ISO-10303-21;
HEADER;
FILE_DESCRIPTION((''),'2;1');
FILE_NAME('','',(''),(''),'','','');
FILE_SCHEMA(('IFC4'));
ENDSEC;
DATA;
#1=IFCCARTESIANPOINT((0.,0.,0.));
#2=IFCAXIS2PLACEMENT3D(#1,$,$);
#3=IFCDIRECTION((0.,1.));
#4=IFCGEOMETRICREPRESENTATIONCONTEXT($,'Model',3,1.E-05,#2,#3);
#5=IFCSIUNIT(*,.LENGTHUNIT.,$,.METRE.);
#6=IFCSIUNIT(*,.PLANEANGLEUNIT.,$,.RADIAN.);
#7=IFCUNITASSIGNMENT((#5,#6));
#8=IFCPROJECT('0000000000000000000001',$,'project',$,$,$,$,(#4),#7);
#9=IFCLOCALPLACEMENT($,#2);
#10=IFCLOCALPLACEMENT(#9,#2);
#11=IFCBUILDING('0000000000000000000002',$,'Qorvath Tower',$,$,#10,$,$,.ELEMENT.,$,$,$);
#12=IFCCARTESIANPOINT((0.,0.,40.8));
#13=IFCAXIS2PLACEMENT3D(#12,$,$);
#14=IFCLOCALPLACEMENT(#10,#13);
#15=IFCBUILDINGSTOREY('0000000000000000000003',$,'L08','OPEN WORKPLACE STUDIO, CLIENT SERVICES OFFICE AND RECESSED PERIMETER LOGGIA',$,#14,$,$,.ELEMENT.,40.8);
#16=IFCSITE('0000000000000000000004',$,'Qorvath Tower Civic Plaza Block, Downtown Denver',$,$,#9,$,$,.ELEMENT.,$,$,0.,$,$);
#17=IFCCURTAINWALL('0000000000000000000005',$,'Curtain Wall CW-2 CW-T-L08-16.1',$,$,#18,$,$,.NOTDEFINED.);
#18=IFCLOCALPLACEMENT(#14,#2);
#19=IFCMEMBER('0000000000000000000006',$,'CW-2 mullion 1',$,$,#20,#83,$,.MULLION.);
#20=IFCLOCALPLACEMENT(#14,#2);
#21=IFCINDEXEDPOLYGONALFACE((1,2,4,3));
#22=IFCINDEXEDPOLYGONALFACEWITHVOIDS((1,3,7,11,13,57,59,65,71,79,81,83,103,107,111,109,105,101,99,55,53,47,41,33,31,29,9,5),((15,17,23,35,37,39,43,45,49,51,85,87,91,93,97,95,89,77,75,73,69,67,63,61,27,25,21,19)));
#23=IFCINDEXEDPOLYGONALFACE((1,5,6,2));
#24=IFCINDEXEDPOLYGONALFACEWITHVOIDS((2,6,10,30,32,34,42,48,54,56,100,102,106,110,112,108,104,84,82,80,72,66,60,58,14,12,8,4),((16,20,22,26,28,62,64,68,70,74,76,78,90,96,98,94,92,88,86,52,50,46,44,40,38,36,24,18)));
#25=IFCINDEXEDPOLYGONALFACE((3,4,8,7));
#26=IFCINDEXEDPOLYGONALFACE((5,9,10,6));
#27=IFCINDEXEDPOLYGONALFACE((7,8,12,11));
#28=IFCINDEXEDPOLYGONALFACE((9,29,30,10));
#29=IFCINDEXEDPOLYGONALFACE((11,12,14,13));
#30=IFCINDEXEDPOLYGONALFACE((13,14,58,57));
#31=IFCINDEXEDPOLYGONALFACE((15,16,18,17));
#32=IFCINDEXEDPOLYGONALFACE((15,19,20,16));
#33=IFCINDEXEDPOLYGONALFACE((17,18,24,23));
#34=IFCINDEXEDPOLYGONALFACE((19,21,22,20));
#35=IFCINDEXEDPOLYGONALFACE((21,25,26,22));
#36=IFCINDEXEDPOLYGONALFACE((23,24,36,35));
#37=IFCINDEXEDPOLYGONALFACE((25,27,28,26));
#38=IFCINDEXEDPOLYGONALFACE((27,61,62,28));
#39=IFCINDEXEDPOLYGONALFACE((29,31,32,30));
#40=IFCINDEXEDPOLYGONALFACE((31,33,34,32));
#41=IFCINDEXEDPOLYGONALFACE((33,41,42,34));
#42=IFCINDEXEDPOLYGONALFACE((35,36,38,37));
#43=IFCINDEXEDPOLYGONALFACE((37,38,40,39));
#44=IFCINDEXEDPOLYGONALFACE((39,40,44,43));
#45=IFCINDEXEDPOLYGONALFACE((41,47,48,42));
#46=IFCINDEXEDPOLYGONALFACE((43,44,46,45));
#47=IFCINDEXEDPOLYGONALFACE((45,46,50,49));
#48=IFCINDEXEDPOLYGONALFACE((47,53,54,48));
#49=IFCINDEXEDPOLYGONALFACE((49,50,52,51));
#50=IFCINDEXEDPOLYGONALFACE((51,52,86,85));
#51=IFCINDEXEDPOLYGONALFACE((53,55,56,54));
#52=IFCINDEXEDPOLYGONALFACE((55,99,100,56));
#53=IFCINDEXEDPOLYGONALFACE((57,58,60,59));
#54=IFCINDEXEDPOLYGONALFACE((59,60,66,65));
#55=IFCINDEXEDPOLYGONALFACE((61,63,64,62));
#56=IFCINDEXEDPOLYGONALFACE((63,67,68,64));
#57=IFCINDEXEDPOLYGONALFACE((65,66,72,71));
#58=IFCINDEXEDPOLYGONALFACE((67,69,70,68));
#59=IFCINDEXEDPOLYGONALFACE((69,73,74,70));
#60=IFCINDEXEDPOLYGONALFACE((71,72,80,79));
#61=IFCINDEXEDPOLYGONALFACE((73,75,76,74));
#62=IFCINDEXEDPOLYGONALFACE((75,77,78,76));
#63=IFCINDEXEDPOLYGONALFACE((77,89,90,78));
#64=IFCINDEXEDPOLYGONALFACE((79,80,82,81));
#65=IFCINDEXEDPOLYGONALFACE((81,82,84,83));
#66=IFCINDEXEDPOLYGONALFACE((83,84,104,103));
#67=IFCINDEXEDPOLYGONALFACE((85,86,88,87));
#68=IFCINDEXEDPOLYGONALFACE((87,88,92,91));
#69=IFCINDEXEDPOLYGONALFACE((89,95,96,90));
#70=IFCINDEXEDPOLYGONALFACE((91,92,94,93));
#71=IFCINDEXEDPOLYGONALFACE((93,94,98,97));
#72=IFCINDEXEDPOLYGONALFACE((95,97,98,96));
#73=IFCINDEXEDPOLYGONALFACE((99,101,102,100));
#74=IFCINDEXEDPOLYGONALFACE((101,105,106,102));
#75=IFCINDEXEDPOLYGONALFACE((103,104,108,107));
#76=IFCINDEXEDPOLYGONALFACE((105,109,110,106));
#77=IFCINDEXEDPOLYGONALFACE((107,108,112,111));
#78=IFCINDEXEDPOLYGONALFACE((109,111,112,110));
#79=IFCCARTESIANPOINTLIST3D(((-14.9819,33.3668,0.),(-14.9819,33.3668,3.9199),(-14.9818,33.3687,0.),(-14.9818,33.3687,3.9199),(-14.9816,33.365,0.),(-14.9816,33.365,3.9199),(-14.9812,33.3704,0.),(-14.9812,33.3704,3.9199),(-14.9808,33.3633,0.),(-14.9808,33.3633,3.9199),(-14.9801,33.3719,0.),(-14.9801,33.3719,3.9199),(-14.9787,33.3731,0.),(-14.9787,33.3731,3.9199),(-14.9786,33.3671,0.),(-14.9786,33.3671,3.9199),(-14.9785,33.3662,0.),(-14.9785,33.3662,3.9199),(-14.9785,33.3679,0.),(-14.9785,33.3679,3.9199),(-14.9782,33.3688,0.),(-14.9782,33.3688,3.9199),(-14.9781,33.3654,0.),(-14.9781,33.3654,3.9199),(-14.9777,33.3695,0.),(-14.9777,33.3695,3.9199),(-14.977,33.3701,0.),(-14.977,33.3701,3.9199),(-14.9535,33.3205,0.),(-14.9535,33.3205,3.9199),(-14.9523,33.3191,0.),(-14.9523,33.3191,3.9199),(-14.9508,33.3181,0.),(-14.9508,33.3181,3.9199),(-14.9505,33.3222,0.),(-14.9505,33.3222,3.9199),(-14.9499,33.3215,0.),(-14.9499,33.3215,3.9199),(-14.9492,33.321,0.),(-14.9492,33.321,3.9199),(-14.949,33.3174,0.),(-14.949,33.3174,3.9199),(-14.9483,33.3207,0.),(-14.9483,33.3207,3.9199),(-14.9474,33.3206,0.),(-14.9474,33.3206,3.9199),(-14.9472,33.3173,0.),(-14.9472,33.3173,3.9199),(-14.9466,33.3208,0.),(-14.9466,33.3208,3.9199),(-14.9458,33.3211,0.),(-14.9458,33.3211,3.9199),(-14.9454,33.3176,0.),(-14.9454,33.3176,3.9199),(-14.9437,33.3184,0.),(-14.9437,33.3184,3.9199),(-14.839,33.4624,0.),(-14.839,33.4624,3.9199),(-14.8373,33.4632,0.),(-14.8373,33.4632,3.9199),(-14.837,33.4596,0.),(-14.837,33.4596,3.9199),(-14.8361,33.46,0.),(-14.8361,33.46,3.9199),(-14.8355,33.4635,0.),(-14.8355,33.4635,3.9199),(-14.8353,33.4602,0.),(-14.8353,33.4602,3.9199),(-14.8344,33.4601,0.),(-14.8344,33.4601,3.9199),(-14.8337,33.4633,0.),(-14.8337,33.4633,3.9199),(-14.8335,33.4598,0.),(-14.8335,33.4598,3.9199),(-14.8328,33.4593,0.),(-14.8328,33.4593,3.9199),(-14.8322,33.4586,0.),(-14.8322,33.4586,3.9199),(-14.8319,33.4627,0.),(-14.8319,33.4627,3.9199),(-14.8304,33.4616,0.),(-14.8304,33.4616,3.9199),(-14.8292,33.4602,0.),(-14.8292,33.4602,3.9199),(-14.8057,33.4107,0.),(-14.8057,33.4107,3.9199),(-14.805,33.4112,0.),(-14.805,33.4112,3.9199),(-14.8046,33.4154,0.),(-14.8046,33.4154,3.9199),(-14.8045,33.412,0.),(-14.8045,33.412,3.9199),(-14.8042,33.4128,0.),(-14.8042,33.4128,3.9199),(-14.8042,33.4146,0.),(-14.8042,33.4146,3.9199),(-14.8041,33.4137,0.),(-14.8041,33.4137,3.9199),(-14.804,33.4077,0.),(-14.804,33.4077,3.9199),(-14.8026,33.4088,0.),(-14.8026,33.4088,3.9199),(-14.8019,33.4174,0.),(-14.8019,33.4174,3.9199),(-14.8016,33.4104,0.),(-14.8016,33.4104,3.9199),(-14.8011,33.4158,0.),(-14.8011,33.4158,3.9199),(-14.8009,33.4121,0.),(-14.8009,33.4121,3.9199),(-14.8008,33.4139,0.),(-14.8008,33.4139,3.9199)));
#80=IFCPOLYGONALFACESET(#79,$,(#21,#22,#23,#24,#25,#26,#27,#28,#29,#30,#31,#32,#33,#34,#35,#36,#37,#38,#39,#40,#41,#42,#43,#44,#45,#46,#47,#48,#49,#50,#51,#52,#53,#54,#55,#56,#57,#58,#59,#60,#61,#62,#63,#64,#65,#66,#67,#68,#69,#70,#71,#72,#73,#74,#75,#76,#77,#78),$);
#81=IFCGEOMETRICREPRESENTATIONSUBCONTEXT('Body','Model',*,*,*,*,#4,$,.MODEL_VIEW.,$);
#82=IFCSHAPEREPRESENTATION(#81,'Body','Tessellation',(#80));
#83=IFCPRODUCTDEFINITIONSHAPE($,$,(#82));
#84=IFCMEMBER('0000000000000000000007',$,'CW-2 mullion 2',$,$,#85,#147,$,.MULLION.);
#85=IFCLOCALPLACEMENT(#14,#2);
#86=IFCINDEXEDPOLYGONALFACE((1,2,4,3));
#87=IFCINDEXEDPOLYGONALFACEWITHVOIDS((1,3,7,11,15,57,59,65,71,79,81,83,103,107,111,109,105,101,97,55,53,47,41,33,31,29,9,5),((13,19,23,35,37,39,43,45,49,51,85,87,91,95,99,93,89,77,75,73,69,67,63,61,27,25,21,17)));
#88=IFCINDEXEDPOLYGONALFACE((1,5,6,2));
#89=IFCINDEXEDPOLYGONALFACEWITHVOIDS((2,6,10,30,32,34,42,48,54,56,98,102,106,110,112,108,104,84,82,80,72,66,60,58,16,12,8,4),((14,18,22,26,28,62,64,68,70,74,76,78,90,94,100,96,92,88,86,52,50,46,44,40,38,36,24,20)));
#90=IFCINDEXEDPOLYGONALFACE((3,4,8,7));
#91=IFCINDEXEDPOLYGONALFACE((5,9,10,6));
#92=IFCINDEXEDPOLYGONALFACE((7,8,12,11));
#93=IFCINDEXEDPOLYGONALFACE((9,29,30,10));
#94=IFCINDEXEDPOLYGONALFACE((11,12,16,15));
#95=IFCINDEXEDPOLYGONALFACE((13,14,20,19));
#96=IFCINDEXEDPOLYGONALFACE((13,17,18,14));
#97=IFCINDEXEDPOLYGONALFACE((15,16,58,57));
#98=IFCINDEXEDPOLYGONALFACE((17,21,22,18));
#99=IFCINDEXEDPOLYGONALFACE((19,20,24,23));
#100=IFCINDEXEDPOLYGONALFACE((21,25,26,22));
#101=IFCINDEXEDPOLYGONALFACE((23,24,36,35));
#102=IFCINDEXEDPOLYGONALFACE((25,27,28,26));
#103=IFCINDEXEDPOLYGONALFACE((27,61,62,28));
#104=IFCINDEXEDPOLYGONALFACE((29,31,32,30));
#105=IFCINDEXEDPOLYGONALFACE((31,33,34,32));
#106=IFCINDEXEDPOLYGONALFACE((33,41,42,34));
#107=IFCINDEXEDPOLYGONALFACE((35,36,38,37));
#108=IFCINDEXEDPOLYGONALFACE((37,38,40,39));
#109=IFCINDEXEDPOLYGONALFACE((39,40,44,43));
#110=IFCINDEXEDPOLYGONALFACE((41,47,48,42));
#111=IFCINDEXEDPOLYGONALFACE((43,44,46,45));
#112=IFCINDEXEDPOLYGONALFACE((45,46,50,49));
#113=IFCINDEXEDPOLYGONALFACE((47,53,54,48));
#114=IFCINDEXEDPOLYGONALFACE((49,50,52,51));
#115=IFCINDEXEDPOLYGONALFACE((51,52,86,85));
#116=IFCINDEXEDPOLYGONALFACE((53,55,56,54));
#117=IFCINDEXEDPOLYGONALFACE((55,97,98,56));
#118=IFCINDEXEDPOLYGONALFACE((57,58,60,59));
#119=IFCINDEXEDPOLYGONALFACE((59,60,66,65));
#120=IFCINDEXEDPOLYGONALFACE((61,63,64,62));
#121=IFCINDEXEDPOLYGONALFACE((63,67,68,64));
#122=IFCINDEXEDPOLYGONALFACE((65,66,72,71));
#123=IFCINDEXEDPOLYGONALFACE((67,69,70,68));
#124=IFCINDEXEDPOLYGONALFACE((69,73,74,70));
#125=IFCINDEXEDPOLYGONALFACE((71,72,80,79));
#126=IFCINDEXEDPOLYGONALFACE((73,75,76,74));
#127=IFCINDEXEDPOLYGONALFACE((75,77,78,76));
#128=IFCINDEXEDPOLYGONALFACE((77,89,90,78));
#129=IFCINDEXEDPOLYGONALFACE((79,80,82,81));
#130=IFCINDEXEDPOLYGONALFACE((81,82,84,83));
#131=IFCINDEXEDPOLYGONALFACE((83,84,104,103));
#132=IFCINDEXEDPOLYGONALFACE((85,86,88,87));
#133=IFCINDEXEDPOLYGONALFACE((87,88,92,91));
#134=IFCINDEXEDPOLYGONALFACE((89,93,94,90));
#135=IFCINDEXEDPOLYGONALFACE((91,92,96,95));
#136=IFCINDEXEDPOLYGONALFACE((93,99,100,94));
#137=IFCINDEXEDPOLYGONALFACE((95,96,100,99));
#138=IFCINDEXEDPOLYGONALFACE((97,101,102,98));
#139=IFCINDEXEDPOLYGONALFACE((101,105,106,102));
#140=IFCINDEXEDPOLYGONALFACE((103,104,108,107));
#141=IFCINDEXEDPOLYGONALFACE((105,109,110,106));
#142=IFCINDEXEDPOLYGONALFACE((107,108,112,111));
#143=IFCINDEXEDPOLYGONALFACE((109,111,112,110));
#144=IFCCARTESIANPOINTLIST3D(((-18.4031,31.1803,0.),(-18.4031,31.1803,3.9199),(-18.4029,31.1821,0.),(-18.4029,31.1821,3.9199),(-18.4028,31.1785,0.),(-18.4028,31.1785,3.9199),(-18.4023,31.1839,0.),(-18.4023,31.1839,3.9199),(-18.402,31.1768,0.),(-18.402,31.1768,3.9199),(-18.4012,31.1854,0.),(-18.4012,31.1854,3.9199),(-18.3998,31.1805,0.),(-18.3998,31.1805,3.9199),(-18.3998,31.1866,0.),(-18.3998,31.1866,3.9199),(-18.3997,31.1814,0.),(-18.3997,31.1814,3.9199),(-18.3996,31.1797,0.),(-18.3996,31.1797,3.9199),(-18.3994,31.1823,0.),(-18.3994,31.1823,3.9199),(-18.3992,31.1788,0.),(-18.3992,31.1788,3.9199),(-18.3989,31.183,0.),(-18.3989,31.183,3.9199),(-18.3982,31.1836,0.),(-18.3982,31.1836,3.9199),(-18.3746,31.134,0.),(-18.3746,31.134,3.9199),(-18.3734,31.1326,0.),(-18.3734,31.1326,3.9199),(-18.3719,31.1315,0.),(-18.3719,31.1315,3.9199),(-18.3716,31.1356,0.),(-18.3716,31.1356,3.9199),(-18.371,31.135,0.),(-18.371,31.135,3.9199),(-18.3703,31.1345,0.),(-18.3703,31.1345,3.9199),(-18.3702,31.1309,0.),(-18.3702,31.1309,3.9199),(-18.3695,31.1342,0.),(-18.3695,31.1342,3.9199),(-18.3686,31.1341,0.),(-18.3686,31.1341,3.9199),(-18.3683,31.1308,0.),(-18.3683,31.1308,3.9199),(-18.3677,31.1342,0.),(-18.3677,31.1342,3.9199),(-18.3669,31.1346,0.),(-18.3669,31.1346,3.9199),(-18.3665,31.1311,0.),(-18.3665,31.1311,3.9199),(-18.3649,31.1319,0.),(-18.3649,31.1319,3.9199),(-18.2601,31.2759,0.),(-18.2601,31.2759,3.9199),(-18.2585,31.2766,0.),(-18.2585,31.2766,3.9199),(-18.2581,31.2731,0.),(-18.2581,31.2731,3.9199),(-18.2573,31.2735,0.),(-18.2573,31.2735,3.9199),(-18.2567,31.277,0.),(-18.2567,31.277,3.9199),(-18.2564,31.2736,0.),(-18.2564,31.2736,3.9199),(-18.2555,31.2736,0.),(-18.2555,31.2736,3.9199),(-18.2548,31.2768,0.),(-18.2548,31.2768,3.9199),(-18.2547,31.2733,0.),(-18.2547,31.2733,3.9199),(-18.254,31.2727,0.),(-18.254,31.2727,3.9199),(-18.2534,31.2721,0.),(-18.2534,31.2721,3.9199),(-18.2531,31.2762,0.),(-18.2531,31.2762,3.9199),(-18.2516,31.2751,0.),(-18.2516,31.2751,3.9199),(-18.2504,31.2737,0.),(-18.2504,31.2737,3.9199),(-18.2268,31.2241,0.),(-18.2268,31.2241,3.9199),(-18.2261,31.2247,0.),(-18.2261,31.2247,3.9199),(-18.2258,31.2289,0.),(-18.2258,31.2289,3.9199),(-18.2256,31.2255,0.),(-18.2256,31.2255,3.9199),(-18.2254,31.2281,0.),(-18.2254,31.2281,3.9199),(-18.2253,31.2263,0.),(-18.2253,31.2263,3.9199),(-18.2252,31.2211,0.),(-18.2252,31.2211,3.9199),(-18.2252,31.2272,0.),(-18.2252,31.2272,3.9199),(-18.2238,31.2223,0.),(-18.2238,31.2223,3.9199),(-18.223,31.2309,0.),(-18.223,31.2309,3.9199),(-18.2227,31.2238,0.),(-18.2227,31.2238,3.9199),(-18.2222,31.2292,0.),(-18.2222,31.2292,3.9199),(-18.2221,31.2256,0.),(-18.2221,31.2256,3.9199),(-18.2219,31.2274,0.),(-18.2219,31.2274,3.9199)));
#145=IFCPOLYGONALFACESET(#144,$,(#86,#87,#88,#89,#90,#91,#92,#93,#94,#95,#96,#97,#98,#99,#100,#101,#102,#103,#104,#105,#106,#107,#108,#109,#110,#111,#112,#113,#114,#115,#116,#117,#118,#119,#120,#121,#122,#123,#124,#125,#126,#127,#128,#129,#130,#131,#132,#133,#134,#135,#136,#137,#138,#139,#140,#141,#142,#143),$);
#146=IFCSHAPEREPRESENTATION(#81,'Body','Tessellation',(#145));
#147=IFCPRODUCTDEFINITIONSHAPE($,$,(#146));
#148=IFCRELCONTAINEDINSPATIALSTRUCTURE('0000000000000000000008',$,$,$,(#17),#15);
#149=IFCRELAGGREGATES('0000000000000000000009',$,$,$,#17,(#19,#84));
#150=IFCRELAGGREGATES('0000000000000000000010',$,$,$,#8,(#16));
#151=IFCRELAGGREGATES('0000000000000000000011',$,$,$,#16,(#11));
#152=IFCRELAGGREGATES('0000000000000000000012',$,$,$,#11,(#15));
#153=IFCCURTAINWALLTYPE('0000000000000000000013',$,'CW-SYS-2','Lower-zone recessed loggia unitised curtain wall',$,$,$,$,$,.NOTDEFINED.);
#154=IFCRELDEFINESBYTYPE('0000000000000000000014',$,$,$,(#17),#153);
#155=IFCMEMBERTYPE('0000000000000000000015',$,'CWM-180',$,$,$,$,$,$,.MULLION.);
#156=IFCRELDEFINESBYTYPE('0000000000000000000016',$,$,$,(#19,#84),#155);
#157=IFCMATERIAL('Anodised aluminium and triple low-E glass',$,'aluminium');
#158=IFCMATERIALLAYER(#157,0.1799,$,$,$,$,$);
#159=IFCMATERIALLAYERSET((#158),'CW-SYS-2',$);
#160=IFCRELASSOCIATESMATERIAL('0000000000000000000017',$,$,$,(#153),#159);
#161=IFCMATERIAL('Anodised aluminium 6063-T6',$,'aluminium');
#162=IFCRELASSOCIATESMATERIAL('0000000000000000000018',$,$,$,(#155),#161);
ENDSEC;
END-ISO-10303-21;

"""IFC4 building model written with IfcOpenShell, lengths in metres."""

from ifc_helpers import new_model, si_unit, direction, frame, origin, origin_2d, place, context, subcontext, project, spatial, hollow_rectangle, extrude, material, layer, layer_set, material_profile, profile_set, type_object, element, aggregate, save


model = new_model("IFC4")

# Units and contexts
model_context = context("Model", 3, precision=1e-05, world=origin(), true_north=direction((0.0, 1.0)))
body_context = subcontext(model_context, "Body", "Model", "MODEL_VIEW")
ifc_project = project(units=[si_unit("LENGTHUNIT", "METRE"), si_unit("PLANEANGLEUNIT", "RADIAN")], contexts=[model_context])

# Site, building, storey
site_placement = place(None, origin())
site = spatial("IfcSite", under=ifc_project, at=site_placement, Name="Qorvath Tower Civic Plaza Block, Downtown Denver", CompositionType="ELEMENT", RefElevation=0.0)
building_placement = place(site_placement, origin())
building = spatial("IfcBuilding", under=site, at=building_placement, Name="Qorvath Tower", CompositionType="ELEMENT")
storey_placement = place(building_placement, frame((0.0, 0.0, 40.8)))
storey = spatial("IfcBuildingStorey", under=building, at=storey_placement, Name="L08", Description="OPEN WORKPLACE STUDIO, CLIENT SERVICES OFFICE AND RECESSED PERIMETER LOGGIA", CompositionType="ELEMENT", Elevation=40.8)

# Curtain wall, members
ifc_material_1 = material(Name="Anodised aluminium and triple low-E glass", Category="aluminium")
ifc_layer_1 = layer(ifc_material_1, 0.1799)
ifc_layer_set_1 = layer_set([ifc_layer_1], Name="CW-SYS-2")
curtain_wall_type = type_object("IfcCurtainWallType", Name="CW-SYS-2", Description="Lower-zone recessed loggia unitised curtain wall", PredefinedType="NOTDEFINED", material=ifc_layer_set_1)
ifc_material_2 = material(Name="Anodised aluminium 6063-T6", Category="aluminium")
ifc_material_profile_1 = material_profile(ifc_material_2, hollow_rectangle(XDim=0.0649, YDim=0.1799, WallThickness=0.0034, InnerFilletRadius=0.0034, OuterFilletRadius=0.0071, at=origin_2d()), Name="CWM 180x65")
ifc_profile_set_1 = profile_set([ifc_material_profile_1], Name="Anodised aluminium 6063-T6")
member_type_1 = type_object("IfcMemberType", Name="CWM-180", PredefinedType="MULLION", material=ifc_profile_set_1)
curtain_wall_1_placement = place(storey_placement, origin())
curtain_wall_1 = element("IfcCurtainWall", 1, at=curtain_wall_1_placement, inside=storey, type_object=curtain_wall_type, Name="Curtain Wall CW-2 CW-T-L08-16.1", PredefinedType="NOTDEFINED")
member_1_placement = place(storey_placement, frame((-14.8914, 33.3904, 0.0), z_axis=(0.0, 0.0, 1.0), x_axis=(0.538533, -0.842604, 0.0)))
member_1 = element("IfcMember", 2, at=member_1_placement, type_object=member_type_1, Name="CW-2 mullion 1", PredefinedType="MULLION", context=body_context, shape_type="SweptSolid", body=[
    extrude(hollow_rectangle(XDim=0.0649, YDim=0.1799, WallThickness=0.0034, InnerFilletRadius=0.0034, OuterFilletRadius=0.0071, at=origin_2d()), origin(), (0.0, 0.0, 1.0), 3.9199),
])
member_2_placement = place(storey_placement, frame((-18.3125, 31.2039, 0.0), z_axis=(0.0, 0.0, 1.0), x_axis=(0.538533, -0.842604, 0.0)))
member_2 = element("IfcMember", 3, at=member_2_placement, type_object=member_type_1, Name="CW-2 mullion 2", PredefinedType="MULLION", context=body_context, shape_type="SweptSolid", body=[
    extrude(hollow_rectangle(XDim=0.0649, YDim=0.1799, WallThickness=0.0034, InnerFilletRadius=0.0034, OuterFilletRadius=0.0071, at=origin_2d()), origin(), (0.0, 0.0, 1.0), 3.9199),
])

aggregate(curtain_wall_1, [member_1, member_2])

save(model, "model.ifc")
